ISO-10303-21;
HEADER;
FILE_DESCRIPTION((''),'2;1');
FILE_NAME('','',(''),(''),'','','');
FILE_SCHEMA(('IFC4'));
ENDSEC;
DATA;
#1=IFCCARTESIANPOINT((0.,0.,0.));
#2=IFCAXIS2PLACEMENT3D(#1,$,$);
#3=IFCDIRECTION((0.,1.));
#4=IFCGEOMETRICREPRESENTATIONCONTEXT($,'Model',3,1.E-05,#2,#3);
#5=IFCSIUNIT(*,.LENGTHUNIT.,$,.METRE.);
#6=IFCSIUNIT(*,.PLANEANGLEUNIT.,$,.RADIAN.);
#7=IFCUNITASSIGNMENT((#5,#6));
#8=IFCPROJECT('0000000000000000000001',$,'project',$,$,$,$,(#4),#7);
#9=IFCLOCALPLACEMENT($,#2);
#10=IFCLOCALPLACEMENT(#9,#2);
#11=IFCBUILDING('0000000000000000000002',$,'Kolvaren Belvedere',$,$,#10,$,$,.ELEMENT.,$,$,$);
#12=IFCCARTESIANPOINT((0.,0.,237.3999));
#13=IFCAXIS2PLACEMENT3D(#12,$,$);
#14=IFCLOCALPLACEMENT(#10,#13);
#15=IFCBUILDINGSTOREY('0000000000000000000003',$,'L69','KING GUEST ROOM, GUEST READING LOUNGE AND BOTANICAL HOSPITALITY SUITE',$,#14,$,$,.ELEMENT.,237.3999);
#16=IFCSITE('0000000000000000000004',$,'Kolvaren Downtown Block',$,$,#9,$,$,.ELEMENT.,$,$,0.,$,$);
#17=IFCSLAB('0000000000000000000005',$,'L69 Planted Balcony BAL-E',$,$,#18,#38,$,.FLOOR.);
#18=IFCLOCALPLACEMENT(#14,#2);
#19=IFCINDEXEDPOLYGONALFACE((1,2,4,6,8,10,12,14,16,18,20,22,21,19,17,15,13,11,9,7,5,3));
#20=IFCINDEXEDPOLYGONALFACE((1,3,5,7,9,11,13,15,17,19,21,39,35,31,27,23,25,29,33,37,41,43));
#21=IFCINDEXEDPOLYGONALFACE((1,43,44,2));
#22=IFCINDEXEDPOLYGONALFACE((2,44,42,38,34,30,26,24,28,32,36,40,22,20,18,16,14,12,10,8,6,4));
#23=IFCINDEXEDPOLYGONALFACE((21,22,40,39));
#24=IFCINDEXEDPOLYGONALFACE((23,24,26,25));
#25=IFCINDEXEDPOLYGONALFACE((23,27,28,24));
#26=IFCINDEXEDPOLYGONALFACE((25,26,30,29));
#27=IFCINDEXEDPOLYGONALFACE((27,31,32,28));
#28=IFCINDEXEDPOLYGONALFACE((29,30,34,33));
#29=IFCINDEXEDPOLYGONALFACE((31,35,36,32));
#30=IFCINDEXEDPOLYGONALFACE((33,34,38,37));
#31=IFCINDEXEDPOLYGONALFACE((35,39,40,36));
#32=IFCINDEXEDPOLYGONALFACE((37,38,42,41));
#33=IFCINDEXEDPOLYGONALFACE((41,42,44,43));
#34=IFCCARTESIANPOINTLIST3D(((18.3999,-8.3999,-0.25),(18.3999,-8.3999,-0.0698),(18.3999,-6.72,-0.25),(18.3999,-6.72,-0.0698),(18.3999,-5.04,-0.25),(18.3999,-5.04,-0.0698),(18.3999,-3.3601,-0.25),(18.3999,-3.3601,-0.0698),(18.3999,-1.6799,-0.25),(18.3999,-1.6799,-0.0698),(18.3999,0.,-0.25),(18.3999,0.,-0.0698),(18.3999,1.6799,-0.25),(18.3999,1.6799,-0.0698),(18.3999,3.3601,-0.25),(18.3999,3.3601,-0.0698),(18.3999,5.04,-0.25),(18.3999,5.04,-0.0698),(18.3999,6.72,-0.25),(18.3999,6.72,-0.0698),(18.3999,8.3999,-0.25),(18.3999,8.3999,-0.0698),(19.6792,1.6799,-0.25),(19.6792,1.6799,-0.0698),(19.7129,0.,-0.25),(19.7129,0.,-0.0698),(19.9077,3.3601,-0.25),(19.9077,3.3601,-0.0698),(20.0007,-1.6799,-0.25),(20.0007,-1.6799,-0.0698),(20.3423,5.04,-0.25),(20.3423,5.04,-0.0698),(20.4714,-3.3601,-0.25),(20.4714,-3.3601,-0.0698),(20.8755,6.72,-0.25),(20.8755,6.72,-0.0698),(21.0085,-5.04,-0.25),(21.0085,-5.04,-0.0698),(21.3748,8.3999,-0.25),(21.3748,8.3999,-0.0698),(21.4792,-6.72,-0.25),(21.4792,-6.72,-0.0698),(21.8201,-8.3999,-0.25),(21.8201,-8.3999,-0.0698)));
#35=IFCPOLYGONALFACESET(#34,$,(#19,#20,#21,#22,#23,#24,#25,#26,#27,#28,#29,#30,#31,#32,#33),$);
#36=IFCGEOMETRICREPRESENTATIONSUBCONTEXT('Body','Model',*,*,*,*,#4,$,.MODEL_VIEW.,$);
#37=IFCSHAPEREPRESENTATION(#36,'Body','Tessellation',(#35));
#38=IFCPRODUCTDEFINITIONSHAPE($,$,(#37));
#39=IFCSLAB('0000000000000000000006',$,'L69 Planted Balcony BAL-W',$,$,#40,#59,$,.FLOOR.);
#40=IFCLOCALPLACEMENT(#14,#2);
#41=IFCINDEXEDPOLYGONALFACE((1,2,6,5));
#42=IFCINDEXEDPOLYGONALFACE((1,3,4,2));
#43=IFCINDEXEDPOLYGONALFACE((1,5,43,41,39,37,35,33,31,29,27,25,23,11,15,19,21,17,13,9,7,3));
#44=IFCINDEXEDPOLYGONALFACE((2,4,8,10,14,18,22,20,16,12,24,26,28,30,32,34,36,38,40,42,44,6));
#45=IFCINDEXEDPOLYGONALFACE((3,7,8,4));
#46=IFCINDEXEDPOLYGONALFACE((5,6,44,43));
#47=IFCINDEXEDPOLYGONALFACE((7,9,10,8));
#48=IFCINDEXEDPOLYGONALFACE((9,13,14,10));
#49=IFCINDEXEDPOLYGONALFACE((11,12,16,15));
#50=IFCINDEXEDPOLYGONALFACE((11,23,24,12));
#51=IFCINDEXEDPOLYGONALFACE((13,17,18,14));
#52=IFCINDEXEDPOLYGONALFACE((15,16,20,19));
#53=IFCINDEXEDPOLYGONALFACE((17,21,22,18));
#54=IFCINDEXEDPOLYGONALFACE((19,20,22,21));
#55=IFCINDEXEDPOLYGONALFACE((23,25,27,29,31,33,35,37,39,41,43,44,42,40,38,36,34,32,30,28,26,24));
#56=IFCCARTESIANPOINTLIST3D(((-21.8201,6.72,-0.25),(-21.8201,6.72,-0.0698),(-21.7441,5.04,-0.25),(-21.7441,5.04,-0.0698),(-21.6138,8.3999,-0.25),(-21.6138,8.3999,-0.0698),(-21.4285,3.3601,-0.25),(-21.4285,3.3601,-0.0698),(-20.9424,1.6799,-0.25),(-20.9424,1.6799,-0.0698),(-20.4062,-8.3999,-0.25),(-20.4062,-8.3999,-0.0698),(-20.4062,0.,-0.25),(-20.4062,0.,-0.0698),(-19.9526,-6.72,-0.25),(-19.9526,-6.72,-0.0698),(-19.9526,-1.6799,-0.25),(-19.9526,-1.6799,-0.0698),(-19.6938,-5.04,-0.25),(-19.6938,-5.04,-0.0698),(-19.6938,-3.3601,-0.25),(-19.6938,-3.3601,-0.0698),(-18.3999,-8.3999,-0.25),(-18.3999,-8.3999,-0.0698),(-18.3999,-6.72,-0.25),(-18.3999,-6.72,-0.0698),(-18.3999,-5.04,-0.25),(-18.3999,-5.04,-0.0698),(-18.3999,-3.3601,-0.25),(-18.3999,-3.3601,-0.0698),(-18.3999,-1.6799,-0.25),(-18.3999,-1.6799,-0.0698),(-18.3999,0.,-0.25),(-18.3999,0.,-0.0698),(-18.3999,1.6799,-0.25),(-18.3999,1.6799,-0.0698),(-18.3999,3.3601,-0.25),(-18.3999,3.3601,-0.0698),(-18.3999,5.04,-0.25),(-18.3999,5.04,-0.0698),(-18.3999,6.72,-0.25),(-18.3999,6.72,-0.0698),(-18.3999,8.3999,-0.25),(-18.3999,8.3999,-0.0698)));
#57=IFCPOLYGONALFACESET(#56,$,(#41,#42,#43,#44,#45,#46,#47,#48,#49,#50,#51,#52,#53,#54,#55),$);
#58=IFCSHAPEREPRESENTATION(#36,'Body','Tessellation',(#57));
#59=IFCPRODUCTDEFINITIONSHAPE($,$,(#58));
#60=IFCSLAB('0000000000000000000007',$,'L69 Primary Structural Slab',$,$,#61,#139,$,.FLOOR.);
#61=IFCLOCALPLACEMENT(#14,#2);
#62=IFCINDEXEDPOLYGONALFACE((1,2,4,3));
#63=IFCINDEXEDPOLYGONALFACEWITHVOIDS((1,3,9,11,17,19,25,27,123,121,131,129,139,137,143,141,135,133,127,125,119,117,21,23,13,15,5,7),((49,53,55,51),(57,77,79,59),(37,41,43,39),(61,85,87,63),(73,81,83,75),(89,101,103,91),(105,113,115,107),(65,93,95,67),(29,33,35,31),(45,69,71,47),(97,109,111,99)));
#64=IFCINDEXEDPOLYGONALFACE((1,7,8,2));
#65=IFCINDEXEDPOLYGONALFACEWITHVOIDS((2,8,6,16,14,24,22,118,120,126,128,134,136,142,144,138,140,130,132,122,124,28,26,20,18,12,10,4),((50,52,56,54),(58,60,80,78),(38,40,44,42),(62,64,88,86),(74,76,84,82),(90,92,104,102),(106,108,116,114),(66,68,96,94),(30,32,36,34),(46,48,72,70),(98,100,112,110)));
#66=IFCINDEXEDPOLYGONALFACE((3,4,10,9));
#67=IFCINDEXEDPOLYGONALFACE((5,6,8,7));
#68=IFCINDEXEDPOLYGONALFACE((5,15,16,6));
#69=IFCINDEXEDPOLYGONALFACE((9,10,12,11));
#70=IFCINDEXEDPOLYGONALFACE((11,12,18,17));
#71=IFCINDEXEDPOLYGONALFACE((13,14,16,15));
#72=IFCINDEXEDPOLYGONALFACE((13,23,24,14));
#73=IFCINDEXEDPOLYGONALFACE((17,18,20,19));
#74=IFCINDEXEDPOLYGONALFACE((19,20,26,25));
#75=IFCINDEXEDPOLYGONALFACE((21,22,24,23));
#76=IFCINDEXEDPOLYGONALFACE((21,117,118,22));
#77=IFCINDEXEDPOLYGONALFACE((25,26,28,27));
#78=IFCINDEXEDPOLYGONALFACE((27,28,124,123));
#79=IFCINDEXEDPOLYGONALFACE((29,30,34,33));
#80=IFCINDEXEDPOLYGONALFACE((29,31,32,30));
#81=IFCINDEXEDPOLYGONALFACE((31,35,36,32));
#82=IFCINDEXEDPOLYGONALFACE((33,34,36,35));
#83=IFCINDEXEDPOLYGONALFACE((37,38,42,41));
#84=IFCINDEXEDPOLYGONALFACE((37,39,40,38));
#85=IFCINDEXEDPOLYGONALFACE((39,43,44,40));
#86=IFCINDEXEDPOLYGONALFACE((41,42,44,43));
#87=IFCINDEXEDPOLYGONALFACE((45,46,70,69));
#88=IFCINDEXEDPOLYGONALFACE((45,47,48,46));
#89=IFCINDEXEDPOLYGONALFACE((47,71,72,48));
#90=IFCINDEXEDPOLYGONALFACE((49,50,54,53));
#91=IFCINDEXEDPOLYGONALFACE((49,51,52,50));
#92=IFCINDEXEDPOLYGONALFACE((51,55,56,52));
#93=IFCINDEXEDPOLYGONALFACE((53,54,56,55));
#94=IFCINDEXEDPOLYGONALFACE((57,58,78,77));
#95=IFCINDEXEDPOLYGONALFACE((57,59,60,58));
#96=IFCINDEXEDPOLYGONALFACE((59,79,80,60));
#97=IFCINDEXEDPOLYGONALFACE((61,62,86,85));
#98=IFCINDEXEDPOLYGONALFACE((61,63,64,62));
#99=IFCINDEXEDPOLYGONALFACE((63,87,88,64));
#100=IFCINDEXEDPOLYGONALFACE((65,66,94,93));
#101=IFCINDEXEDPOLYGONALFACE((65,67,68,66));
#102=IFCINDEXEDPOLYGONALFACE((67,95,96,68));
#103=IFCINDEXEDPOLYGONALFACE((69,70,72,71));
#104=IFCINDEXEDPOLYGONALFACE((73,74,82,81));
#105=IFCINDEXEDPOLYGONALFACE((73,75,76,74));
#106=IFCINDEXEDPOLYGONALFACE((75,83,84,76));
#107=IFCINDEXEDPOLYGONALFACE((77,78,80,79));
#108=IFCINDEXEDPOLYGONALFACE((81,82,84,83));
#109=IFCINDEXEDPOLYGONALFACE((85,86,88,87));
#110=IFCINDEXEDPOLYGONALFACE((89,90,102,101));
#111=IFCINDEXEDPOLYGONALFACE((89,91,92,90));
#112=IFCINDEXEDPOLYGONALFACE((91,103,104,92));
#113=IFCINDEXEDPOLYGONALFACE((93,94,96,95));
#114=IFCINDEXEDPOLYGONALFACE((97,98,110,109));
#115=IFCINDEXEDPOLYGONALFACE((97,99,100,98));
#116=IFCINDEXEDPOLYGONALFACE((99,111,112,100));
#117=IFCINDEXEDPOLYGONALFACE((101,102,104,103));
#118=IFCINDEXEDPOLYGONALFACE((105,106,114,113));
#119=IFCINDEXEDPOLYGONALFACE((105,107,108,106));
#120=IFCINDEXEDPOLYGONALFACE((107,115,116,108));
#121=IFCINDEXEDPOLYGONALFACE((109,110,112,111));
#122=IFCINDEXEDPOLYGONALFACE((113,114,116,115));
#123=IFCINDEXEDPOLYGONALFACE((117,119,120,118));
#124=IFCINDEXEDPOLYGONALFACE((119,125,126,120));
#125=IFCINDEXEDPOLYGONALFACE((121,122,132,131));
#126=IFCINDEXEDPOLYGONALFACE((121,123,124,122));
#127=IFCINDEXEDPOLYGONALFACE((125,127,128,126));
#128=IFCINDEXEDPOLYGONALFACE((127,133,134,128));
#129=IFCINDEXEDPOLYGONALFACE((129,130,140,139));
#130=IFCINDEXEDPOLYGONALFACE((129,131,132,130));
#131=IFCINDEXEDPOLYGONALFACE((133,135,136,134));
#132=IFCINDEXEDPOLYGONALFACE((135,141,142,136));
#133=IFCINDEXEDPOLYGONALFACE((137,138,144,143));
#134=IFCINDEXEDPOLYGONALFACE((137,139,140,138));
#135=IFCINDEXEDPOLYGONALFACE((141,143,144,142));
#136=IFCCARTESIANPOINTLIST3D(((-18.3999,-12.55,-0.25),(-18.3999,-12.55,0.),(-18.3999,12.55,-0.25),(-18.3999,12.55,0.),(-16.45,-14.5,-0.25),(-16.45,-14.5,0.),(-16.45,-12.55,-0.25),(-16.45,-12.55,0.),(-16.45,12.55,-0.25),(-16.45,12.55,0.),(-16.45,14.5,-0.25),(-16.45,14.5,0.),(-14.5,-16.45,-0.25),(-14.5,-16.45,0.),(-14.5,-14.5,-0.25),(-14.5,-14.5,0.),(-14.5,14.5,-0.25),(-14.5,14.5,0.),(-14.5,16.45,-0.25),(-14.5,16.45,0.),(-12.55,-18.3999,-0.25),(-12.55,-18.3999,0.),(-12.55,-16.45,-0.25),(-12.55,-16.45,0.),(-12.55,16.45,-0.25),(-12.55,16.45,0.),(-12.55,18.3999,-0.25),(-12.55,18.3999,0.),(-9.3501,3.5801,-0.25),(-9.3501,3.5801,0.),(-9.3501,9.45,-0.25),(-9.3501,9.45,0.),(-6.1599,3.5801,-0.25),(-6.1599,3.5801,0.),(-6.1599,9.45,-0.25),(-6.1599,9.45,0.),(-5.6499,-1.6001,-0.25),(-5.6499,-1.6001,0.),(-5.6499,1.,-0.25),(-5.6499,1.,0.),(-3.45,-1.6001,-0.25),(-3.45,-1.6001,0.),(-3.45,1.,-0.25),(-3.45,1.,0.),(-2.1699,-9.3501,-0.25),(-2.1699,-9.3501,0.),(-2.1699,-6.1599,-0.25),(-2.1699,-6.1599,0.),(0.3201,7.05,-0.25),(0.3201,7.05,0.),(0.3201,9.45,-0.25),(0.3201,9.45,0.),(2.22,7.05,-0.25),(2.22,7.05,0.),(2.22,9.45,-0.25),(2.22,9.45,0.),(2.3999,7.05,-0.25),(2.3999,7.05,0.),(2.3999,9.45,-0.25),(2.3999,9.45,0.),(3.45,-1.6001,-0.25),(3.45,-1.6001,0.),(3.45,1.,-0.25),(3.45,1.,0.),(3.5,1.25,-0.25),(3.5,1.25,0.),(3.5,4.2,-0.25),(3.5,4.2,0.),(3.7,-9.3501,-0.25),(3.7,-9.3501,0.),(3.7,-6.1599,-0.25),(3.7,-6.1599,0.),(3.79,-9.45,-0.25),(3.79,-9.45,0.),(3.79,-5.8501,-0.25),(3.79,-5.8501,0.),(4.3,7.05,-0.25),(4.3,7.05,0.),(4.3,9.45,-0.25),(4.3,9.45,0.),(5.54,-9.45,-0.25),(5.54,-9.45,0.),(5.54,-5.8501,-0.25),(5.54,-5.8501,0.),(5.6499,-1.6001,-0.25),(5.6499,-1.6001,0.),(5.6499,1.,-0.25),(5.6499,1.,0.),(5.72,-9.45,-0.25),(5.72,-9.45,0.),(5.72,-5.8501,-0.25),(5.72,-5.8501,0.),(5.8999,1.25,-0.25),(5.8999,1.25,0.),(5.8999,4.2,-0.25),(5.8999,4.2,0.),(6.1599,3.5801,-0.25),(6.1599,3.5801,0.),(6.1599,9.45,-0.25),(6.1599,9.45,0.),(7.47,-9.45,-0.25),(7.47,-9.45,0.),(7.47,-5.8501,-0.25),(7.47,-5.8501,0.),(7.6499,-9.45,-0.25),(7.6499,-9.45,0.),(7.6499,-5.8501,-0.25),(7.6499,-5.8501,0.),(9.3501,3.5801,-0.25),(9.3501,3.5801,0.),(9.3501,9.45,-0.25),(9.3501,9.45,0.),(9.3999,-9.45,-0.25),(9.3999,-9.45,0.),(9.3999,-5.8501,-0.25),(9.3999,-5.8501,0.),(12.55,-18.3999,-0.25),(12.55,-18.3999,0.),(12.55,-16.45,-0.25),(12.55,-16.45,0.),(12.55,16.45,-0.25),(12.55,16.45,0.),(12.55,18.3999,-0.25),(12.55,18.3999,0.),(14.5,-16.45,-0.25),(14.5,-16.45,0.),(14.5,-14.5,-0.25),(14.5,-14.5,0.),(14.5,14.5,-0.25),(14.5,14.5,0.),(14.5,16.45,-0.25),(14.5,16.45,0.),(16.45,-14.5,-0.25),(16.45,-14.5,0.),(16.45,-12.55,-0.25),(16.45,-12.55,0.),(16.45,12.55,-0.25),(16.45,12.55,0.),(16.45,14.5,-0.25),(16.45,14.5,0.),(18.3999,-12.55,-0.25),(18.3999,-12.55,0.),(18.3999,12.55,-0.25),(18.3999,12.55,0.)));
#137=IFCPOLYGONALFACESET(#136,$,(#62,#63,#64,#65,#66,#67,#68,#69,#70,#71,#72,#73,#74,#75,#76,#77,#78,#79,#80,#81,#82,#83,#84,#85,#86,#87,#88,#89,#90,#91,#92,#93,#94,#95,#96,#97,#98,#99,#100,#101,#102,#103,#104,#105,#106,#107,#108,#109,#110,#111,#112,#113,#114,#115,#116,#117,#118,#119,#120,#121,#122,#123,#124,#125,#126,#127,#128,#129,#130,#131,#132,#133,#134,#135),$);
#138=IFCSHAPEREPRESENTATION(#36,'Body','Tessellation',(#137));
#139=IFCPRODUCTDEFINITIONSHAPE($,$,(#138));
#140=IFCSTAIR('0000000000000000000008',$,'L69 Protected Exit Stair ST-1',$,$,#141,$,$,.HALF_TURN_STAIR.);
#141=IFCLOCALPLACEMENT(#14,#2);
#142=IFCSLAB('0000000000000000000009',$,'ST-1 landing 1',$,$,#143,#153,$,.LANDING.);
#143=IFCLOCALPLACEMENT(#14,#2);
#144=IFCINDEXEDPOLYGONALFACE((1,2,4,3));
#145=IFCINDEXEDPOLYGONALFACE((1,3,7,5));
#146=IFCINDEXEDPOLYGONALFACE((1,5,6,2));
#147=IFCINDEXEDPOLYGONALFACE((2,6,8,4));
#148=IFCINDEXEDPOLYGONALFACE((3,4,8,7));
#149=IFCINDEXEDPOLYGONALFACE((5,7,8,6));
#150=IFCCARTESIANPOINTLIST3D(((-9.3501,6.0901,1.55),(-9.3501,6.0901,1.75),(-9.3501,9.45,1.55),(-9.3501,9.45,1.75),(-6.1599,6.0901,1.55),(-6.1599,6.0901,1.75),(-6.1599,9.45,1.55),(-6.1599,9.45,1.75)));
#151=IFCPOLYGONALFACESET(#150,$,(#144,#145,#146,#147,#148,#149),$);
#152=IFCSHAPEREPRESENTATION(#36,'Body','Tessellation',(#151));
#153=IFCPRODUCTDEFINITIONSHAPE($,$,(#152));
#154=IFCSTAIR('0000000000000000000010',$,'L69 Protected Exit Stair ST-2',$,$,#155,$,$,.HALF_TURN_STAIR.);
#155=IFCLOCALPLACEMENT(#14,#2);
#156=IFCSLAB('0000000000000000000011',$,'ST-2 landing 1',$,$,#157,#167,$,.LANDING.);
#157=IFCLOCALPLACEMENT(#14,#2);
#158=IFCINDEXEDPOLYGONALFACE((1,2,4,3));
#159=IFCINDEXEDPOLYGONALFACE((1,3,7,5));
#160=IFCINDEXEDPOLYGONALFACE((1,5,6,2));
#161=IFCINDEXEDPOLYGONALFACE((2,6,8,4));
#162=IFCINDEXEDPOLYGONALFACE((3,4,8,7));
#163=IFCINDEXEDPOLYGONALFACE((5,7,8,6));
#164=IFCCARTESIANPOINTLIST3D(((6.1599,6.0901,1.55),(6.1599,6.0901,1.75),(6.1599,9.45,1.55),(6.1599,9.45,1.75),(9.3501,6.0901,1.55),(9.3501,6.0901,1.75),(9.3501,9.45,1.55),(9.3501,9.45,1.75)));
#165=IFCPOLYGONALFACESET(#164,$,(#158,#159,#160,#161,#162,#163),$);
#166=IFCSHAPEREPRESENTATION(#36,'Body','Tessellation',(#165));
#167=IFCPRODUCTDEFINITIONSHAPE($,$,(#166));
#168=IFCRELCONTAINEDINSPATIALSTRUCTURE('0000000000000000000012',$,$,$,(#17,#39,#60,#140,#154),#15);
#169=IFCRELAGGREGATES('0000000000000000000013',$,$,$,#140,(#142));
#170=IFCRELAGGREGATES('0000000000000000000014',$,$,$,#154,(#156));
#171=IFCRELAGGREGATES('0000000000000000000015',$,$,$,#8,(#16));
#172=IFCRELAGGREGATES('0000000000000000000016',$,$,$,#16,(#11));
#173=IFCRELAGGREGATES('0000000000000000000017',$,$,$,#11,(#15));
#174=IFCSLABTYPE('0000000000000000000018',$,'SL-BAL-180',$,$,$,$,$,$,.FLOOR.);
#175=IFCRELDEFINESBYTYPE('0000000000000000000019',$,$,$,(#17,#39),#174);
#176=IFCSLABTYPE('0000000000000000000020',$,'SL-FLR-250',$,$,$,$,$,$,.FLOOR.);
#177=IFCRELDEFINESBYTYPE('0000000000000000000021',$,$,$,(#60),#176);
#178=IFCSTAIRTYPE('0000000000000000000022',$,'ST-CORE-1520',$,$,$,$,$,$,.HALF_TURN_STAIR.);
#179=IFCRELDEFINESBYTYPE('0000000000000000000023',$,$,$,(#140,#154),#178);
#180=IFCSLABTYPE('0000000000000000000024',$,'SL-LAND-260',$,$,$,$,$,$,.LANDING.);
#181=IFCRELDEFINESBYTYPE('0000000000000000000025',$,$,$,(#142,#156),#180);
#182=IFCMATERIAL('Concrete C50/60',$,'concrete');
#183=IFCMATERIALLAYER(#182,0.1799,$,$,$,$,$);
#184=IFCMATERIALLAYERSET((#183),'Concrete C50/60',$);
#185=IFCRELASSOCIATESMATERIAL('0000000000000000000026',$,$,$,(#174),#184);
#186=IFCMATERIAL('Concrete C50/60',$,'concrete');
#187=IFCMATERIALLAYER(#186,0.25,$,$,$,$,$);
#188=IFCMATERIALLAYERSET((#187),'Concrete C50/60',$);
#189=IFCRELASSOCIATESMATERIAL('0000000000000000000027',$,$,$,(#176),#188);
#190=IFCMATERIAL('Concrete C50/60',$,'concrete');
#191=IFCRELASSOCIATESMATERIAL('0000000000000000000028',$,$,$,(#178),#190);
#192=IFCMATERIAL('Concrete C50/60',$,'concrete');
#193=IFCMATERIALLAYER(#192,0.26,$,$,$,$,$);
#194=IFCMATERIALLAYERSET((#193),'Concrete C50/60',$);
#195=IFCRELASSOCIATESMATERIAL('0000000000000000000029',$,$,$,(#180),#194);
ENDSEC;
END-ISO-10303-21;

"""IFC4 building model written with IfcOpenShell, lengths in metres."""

from ifc_helpers import new_model, si_unit, direction, frame, origin, place, context, subcontext, project, spatial, polyline, outline, extrude, material, layer, layer_set, type_object, element, aggregate, save


model = new_model("IFC4")

# Units and contexts
model_context = context("Model", 3, precision=1e-05, world=origin(), true_north=direction((0.0, 1.0)))
body_context = subcontext(model_context, "Body", "Model", "MODEL_VIEW")
ifc_project = project(units=[si_unit("LENGTHUNIT", "METRE"), si_unit("PLANEANGLEUNIT", "RADIAN")], contexts=[model_context])

# Site, building, storey
site_placement = place(None, origin())
site = spatial("IfcSite", under=ifc_project, at=site_placement, Name="Kolvaren Downtown Block", CompositionType="ELEMENT", RefElevation=0.0)
building_placement = place(site_placement, origin())
building = spatial("IfcBuilding", under=site, at=building_placement, Name="Kolvaren Belvedere", CompositionType="ELEMENT")
storey_placement = place(building_placement, frame((0.0, 0.0, 237.3999)))
storey = spatial("IfcBuildingStorey", under=building, at=storey_placement, Name="L69", Description="KING GUEST ROOM, GUEST READING LOUNGE AND BOTANICAL HOSPITALITY SUITE", CompositionType="ELEMENT", Elevation=237.3999)

# Slabs
ifc_material_1 = material(Name="Concrete C50/60", Category="concrete")
ifc_layer_1 = layer(ifc_material_1, 0.1799)
ifc_layer_set_1 = layer_set([ifc_layer_1], Name="Concrete C50/60")
slab_type_1 = type_object("IfcSlabType", Name="SL-BAL-180", PredefinedType="FLOOR", material=ifc_layer_set_1)
slab_1_placement = place(storey_placement, frame((0.0, 0.0, -0.25)))
element("IfcSlab", 1, at=slab_1_placement, inside=storey, type_object=slab_type_1, Name="L69 Planted Balcony BAL-E", PredefinedType="FLOOR", context=body_context, shape_type="SweptSolid", body=[
    extrude(outline(polyline([(21.8201, -8.3999), (21.4792, -6.72), (21.0085, -5.04), (20.4714, -3.3601), (20.0007, -1.6799), (19.7129, 0.0), (19.6792, 1.6799), (19.9077, 3.3601), (20.3423, 5.04), (20.8755, 6.72), (21.3748, 8.3999), (18.3999, 8.3999), (18.3999, 6.72), (18.3999, 5.04), (18.3999, 3.3601), (18.3999, 1.6799), (18.3999, 0.0), (18.3999, -1.6799), (18.3999, -3.3601), (18.3999, -5.04), (18.3999, -6.72), (18.3999, -8.3999), (21.8201, -8.3999)])), origin(), (0.0, 0.0, 1.0), 0.1802),
])
slab_2_placement = place(storey_placement, frame((0.0, 0.0, -0.25)))
element("IfcSlab", 2, at=slab_2_placement, inside=storey, type_object=slab_type_1, Name="L69 Planted Balcony BAL-W", PredefinedType="FLOOR", context=body_context, shape_type="SweptSolid", body=[
    extrude(outline(polyline([(-21.6138, 8.3999), (-21.8201, 6.72), (-21.7441, 5.04), (-21.4285, 3.3601), (-20.9424, 1.6799), (-20.4062, 0.0), (-19.9526, -1.6799), (-19.6938, -3.3601), (-19.6938, -5.04), (-19.9526, -6.72), (-20.4062, -8.3999), (-18.3999, -8.3999), (-18.3999, -6.72), (-18.3999, -5.04), (-18.3999, -3.3601), (-18.3999, -1.6799), (-18.3999, 0.0), (-18.3999, 1.6799), (-18.3999, 3.3601), (-18.3999, 5.04), (-18.3999, 6.72), (-18.3999, 8.3999), (-21.6138, 8.3999)])), origin(), (0.0, 0.0, 1.0), 0.1802),
])
ifc_material_2 = material(Name="Concrete C50/60", Category="concrete")
ifc_layer_2 = layer(ifc_material_2, 0.25)
ifc_layer_set_2 = layer_set([ifc_layer_2], Name="Concrete C50/60")
slab_type_2 = type_object("IfcSlabType", Name="SL-FLR-250", PredefinedType="FLOOR", material=ifc_layer_set_2)
slab_3_placement = place(storey_placement, frame((0.0, 0.0, -0.25)))
element("IfcSlab", 3, at=slab_3_placement, inside=storey, type_object=slab_type_2, Name="L69 Primary Structural Slab", PredefinedType="FLOOR", context=body_context, shape_type="SweptSolid", body=[
    extrude(outline(polyline([(-12.55, -18.3999), (12.55, -18.3999), (12.55, -16.45), (14.5, -16.45), (14.5, -14.5), (16.45, -14.5), (16.45, -12.55), (18.3999, -12.55), (18.3999, 12.55), (16.45, 12.55), (16.45, 14.5), (14.5, 14.5), (14.5, 16.45), (12.55, 16.45), (12.55, 18.3999), (-12.55, 18.3999), (-12.55, 16.45), (-14.5, 16.45), (-14.5, 14.5), (-16.45, 14.5), (-16.45, 12.55), (-18.3999, 12.55), (-18.3999, -12.55), (-16.45, -12.55), (-16.45, -14.5), (-14.5, -14.5), (-14.5, -16.45), (-12.55, -16.45), (-12.55, -18.3999)]), holes=[polyline([(-9.3501, 3.5801), (-6.1599, 3.5801), (-6.1599, 9.45), (-9.3501, 9.45), (-9.3501, 3.5801)]), polyline([(6.1599, 3.5801), (9.3501, 3.5801), (9.3501, 9.45), (6.1599, 9.45), (6.1599, 3.5801)]), polyline([(-2.1699, -9.3501), (3.7, -9.3501), (3.7, -6.1599), (-2.1699, -6.1599), (-2.1699, -9.3501)]), polyline([(-5.6499, -1.6001), (-3.45, -1.6001), (-3.45, 1.0), (-5.6499, 1.0), (-5.6499, -1.6001)]), polyline([(3.5, 1.25), (5.8999, 1.25), (5.8999, 4.2), (3.5, 4.2), (3.5, 1.25)]), polyline([(3.45, -1.6001), (5.6499, -1.6001), (5.6499, 1.0), (3.45, 1.0), (3.45, -1.6001)]), polyline([(3.79, -9.45), (5.54, -9.45), (5.54, -5.8501), (3.79, -5.8501), (3.79, -9.45)]), polyline([(5.72, -9.45), (7.47, -9.45), (7.47, -5.8501), (5.72, -5.8501), (5.72, -9.45)]), polyline([(7.6499, -9.45), (9.3999, -9.45), (9.3999, -5.8501), (7.6499, -5.8501), (7.6499, -9.45)]), polyline([(0.3201, 7.05), (2.22, 7.05), (2.22, 9.45), (0.3201, 9.45), (0.3201, 7.05)]), polyline([(2.3999, 7.05), (4.3, 7.05), (4.3, 9.45), (2.3999, 9.45), (2.3999, 7.05)])]), origin(), (0.0, 0.0, 1.0), 0.25),
])

# Stairs, slabs
ifc_material_3 = material(Name="Concrete C50/60", Category="concrete")
stair_type = type_object("IfcStairType", Name="ST-CORE-1520", PredefinedType="HALF_TURN_STAIR", material=ifc_material_3)
stair_1_placement = place(storey_placement, origin())
stair_1 = element("IfcStair", 4, at=stair_1_placement, inside=storey, type_object=stair_type, Name="L69 Protected Exit Stair ST-1", PredefinedType="HALF_TURN_STAIR")
ifc_material_4 = material(Name="Concrete C50/60", Category="concrete")
ifc_layer_3 = layer(ifc_material_4, 0.26)
ifc_layer_set_3 = layer_set([ifc_layer_3], Name="Concrete C50/60")
slab_type_3 = type_object("IfcSlabType", Name="SL-LAND-260", PredefinedType="LANDING", material=ifc_layer_set_3)
slab_4_placement = place(storey_placement, frame((0.0, 0.0, 1.55)))
slab_4 = element("IfcSlab", 5, at=slab_4_placement, type_object=slab_type_3, Name="ST-1 landing 1", PredefinedType="LANDING", context=body_context, shape_type="SweptSolid", body=[
    extrude(outline(polyline([(-6.1599, 6.0901), (-6.1599, 9.45), (-9.3501, 9.45), (-9.3501, 6.0901), (-6.1599, 6.0901)])), origin(), (0.0, 0.0, 1.0), 0.2),
])
aggregate(stair_1, [slab_4])
stair_2_placement = place(storey_placement, origin())
stair_2 = element("IfcStair", 6, at=stair_2_placement, inside=storey, type_object=stair_type, Name="L69 Protected Exit Stair ST-2", PredefinedType="HALF_TURN_STAIR")
slab_5_placement = place(storey_placement, frame((0.0, 0.0, 1.55)))
slab_5 = element("IfcSlab", 7, at=slab_5_placement, type_object=slab_type_3, Name="ST-2 landing 1", PredefinedType="LANDING", context=body_context, shape_type="SweptSolid", body=[
    extrude(outline(polyline([(9.3501, 6.0901), (9.3501, 9.45), (6.1599, 9.45), (6.1599, 6.0901), (9.3501, 6.0901)])), origin(), (0.0, 0.0, 1.0), 0.2),
])
aggregate(stair_2, [slab_5])

save(model, "model.ifc")
